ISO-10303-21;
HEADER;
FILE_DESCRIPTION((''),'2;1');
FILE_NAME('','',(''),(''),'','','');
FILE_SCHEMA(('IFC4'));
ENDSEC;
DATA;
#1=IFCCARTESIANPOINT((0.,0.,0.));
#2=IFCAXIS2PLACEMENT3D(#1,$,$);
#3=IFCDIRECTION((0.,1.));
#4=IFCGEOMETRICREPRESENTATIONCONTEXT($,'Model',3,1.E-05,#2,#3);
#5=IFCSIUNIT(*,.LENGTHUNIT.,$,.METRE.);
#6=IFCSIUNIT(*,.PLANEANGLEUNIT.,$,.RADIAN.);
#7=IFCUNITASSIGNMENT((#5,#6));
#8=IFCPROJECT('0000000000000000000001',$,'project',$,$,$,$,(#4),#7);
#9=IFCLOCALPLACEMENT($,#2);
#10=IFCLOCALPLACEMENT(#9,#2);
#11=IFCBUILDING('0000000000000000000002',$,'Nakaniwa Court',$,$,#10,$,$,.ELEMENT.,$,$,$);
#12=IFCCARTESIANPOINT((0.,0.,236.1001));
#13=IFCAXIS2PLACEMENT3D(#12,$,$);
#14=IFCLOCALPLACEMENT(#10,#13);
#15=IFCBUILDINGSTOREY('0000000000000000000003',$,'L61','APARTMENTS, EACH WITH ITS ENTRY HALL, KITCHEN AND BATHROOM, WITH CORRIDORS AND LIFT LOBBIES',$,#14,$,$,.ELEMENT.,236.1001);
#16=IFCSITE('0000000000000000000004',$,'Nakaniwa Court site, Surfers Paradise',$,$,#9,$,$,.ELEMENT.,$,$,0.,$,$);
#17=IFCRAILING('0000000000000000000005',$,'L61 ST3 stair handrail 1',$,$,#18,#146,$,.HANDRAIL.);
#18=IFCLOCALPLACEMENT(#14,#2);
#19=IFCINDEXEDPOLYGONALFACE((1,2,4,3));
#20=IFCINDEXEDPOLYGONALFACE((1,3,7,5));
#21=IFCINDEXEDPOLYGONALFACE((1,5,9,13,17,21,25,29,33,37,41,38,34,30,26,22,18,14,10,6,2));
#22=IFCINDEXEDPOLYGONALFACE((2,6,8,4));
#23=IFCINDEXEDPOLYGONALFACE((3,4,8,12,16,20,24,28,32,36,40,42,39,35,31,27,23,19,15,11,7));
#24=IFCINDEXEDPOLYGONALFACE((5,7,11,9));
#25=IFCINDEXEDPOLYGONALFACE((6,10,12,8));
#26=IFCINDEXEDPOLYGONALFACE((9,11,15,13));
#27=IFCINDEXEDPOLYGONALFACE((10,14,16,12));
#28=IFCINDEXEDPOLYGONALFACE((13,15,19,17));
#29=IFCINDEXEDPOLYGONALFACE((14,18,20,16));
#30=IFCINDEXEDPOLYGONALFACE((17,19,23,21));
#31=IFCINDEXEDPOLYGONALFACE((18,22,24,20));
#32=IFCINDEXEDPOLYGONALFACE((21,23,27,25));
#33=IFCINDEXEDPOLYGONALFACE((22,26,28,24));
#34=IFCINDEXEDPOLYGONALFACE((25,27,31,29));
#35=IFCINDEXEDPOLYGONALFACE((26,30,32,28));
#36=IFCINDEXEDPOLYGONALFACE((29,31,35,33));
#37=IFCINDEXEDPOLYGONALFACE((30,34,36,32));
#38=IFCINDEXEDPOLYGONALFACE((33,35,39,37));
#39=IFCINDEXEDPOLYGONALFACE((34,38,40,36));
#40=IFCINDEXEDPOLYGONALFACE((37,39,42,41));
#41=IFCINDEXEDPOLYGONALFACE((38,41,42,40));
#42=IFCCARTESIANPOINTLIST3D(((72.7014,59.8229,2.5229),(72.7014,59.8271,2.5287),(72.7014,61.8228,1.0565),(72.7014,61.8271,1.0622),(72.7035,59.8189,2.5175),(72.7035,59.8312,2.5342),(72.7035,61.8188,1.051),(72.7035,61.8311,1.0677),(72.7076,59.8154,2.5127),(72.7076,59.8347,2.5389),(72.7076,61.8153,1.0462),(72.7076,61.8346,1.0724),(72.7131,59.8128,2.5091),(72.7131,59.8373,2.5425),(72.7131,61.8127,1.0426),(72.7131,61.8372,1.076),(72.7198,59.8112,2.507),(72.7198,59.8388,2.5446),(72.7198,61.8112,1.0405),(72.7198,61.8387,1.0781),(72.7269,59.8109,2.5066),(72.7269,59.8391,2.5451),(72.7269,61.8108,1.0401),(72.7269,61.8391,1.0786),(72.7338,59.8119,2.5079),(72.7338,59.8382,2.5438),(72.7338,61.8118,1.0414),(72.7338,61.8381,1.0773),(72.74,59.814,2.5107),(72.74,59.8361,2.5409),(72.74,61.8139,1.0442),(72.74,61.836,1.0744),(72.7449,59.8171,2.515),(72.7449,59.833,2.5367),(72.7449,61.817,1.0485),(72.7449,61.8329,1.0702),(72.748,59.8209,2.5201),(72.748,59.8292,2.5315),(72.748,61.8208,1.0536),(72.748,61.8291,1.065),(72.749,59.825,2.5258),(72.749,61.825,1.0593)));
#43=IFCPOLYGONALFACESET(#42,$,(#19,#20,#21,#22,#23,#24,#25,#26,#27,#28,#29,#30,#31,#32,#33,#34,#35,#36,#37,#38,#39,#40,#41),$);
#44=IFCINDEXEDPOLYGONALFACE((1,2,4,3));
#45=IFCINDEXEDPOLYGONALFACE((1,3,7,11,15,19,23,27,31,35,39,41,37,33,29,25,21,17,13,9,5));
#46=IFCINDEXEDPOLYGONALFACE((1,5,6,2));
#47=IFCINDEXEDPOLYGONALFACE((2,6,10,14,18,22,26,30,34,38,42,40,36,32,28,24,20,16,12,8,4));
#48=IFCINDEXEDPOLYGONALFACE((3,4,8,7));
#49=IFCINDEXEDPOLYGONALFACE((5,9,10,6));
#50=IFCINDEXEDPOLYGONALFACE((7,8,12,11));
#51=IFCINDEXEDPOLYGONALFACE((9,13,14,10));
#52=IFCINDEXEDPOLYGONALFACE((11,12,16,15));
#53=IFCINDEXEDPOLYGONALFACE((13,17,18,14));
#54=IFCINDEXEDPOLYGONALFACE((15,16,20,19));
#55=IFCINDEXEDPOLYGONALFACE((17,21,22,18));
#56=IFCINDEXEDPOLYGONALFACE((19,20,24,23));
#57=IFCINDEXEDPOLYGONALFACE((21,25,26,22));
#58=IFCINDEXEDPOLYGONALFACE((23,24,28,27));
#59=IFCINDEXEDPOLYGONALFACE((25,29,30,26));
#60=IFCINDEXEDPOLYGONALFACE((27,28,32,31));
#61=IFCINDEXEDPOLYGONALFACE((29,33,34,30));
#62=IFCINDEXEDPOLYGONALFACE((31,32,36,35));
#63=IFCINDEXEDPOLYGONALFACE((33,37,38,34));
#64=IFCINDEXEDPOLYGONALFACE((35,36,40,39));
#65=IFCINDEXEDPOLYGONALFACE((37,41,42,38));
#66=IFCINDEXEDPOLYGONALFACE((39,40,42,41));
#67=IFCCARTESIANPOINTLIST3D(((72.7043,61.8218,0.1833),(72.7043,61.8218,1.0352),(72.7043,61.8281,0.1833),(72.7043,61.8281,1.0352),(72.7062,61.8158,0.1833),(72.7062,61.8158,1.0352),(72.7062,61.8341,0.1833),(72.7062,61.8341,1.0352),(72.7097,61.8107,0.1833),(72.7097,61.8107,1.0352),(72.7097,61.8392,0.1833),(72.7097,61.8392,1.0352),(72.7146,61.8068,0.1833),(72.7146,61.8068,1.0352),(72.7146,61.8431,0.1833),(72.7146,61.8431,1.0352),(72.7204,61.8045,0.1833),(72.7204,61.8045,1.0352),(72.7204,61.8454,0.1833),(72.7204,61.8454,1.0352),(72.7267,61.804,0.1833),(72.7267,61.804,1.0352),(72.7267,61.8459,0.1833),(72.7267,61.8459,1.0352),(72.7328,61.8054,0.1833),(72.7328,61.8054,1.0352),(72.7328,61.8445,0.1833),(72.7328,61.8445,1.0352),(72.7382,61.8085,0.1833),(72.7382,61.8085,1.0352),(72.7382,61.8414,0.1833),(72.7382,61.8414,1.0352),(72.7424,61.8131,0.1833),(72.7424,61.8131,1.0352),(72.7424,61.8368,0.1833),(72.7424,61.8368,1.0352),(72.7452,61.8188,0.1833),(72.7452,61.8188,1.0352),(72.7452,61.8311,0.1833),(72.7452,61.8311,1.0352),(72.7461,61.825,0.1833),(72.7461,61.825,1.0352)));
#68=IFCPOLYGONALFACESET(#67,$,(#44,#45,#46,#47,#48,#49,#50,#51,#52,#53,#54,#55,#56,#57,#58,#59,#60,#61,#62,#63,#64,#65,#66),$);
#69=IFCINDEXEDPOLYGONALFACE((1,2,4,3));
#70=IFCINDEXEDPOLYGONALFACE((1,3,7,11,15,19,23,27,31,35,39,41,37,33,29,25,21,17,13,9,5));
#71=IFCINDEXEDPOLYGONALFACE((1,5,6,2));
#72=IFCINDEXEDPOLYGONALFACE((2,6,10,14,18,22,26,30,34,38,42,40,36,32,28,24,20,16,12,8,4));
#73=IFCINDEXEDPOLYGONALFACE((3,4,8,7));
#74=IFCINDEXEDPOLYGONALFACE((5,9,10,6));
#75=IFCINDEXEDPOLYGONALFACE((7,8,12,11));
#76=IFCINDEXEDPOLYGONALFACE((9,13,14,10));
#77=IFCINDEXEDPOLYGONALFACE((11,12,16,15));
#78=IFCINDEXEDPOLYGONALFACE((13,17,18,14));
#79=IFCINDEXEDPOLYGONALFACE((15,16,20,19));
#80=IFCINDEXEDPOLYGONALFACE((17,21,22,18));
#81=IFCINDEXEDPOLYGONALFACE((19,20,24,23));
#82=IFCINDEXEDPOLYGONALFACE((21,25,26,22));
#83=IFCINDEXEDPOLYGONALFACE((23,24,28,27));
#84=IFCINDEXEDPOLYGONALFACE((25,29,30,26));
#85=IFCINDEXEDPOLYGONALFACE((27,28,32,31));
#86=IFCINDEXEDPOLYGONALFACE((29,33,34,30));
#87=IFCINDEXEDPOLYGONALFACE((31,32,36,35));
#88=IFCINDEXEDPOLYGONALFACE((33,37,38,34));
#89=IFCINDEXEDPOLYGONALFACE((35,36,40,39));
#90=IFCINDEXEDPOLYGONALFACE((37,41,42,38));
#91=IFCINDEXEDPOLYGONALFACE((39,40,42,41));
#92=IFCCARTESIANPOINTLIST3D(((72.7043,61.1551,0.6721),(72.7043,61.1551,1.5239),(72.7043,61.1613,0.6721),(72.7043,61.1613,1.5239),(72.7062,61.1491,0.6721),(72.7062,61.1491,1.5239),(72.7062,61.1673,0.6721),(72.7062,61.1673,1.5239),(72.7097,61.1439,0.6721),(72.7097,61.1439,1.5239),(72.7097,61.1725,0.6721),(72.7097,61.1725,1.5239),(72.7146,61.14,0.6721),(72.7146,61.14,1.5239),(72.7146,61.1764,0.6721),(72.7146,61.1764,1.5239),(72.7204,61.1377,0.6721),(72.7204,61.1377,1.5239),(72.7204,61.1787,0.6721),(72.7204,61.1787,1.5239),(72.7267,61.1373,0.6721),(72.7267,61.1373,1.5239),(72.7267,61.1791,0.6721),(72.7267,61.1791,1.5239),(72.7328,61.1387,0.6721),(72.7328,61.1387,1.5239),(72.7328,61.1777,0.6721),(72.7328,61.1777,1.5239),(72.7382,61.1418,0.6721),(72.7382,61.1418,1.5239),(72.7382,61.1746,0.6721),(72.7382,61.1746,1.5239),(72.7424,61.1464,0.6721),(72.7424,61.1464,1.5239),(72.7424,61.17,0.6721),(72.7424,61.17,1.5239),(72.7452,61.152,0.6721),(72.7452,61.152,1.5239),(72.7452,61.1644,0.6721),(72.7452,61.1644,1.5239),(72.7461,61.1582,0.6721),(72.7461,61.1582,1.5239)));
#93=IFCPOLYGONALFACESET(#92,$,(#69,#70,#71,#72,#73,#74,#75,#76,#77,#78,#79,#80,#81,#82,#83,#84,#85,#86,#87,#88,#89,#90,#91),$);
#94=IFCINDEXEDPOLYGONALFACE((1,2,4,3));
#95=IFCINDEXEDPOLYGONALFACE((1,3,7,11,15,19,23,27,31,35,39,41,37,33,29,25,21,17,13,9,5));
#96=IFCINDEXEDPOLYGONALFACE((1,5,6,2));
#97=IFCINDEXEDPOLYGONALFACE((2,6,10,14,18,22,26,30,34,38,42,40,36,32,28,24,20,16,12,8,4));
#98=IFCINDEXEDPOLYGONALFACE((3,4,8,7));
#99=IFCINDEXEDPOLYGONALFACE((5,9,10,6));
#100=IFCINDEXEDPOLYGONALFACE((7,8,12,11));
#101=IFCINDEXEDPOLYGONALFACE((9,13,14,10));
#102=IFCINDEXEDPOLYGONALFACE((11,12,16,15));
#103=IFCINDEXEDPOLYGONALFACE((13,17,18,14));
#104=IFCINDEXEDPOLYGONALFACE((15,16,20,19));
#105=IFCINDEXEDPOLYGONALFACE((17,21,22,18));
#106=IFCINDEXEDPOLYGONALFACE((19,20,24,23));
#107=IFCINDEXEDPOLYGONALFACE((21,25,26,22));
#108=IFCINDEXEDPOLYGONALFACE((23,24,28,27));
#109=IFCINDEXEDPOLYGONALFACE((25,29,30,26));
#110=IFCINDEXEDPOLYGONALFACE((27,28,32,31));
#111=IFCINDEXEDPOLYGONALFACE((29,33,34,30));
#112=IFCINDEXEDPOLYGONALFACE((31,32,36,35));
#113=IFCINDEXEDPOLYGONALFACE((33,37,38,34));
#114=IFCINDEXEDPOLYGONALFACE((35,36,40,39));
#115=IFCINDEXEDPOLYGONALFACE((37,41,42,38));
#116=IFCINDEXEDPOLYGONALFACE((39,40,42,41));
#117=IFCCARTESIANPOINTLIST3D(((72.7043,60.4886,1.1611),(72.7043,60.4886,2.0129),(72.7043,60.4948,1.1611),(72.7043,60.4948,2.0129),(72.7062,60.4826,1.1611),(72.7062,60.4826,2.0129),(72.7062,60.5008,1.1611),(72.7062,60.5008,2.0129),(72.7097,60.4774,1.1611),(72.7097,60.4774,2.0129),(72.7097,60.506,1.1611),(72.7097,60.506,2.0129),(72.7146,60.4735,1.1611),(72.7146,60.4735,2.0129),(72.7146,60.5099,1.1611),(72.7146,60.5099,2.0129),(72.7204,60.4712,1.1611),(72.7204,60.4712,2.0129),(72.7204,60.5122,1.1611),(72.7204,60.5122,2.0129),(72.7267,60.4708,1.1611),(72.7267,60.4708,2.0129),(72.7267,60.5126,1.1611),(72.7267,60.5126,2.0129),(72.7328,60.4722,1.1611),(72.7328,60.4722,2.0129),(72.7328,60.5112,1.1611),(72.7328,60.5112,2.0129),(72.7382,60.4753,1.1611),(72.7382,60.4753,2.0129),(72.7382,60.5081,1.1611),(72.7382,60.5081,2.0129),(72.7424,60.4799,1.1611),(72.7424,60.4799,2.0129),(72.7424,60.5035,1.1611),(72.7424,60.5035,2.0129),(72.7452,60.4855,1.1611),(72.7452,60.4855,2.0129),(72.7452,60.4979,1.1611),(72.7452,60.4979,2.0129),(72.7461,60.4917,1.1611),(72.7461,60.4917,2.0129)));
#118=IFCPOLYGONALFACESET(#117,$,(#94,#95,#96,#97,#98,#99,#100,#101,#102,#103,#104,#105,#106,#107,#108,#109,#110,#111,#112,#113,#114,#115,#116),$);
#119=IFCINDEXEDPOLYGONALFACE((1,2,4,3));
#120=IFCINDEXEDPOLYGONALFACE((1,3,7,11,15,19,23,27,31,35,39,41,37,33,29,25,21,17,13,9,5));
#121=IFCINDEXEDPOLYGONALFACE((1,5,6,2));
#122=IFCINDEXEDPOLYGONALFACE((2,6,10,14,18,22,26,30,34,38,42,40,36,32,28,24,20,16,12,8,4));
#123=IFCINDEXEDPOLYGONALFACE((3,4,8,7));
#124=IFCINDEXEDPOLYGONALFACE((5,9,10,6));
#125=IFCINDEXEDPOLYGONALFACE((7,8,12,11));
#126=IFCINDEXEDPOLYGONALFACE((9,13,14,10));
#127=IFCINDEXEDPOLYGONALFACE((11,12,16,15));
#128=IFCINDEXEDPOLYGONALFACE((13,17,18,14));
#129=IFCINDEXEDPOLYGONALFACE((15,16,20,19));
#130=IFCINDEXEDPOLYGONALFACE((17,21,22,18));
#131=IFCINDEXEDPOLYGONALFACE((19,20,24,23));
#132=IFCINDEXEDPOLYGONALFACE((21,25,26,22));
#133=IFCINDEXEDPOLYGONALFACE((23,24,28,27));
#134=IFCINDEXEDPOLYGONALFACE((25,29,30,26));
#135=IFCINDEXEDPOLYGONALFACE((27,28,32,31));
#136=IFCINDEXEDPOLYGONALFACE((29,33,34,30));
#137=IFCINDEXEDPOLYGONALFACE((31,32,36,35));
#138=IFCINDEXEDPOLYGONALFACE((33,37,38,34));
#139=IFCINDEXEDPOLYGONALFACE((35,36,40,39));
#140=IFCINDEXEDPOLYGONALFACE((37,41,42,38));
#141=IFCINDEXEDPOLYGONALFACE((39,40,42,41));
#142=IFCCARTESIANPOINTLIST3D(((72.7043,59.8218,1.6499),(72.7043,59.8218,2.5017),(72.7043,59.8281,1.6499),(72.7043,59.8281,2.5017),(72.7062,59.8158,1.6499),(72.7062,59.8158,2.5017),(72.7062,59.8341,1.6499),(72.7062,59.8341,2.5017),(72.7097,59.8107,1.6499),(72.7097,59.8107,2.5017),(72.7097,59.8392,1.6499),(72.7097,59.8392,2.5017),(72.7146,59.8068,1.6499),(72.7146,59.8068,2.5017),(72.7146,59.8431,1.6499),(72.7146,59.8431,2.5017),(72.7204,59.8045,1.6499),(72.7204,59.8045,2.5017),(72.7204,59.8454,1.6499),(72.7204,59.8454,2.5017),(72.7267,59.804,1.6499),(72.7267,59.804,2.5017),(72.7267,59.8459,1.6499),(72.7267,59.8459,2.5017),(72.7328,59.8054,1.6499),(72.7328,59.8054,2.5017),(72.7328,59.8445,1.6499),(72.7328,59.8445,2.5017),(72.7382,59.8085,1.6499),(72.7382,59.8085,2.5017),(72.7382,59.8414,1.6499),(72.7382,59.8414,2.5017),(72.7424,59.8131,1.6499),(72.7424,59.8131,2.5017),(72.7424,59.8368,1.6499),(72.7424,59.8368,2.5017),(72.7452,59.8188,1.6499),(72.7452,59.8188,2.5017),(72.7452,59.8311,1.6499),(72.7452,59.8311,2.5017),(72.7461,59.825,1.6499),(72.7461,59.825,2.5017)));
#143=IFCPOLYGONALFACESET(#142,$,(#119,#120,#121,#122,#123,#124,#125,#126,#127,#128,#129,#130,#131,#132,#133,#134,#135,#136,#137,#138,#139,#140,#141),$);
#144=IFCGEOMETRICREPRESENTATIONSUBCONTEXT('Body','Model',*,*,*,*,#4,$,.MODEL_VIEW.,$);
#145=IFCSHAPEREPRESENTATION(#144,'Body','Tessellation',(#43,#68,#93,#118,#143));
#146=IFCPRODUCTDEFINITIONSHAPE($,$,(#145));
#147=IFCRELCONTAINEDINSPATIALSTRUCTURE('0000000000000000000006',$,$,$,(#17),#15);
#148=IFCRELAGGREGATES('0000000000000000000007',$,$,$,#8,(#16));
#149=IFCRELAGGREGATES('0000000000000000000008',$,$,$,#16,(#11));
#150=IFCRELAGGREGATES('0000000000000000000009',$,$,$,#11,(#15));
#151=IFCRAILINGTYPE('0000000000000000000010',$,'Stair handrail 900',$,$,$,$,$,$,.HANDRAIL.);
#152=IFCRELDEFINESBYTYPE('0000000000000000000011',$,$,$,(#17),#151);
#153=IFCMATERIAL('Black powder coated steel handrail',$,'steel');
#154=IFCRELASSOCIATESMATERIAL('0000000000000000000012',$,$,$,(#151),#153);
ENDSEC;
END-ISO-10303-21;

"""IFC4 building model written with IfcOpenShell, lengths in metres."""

from ifc_helpers import new_model, si_unit, direction, frame, origin, origin_2d, place, context, subcontext, project, spatial, circle, extrude, material, type_object, element, save


model = new_model("IFC4")

# Units and contexts
model_context = context("Model", 3, precision=1e-05, world=origin(), true_north=direction((0.0, 1.0)))
body_context = subcontext(model_context, "Body", "Model", "MODEL_VIEW")
ifc_project = project(units=[si_unit("LENGTHUNIT", "METRE"), si_unit("PLANEANGLEUNIT", "RADIAN")], contexts=[model_context])

# Site, building, storey
site_placement = place(None, origin())
site = spatial("IfcSite", under=ifc_project, at=site_placement, Name="Nakaniwa Court site, Surfers Paradise", CompositionType="ELEMENT", RefElevation=0.0)
building_placement = place(site_placement, origin())
building = spatial("IfcBuilding", under=site, at=building_placement, Name="Nakaniwa Court", CompositionType="ELEMENT")
storey_placement = place(building_placement, frame((0.0, 0.0, 236.1001)))
storey = spatial("IfcBuildingStorey", under=building, at=storey_placement, Name="L61", Description="APARTMENTS, EACH WITH ITS ENTRY HALL, KITCHEN AND BATHROOM, WITH CORRIDORS AND LIFT LOBBIES", CompositionType="ELEMENT", Elevation=236.1001)

# Railing
ifc_material_1 = material(Name="Black powder coated steel handrail", Category="steel")
railing_type_1 = type_object("IfcRailingType", Name="Stair handrail 900", PredefinedType="HANDRAIL", material=ifc_material_1)
railing_1_placement = place(storey_placement, frame((72.7251, 61.825, 0.1833)))
element("IfcRailing", 1, at=railing_1_placement, inside=storey, type_object=railing_type_1, Name="L61 ST3 stair handrail 1", PredefinedType="HANDRAIL", context=body_context, shape_type="SweptSolid", body=[
    extrude(circle(Radius=0.0239, at=origin_2d()), frame((0.0, 0.0, 0.876), z_axis=(0.0, -0.806427, 0.591334), x_axis=(1.0, 0.0, 0.0)), (0.0, 0.0, 1.0), 2.48),
    extrude(circle(Radius=0.021, at=origin_2d()), origin(), (0.0, 0.0, 1.0), 0.8518),
    extrude(circle(Radius=0.021, at=origin_2d()), frame((0.0, -0.6667, 0.4888)), (0.0, 0.0, 1.0), 0.8518),
    extrude(circle(Radius=0.021, at=origin_2d()), frame((0.0, -1.3333, 0.9778)), (0.0, 0.0, 1.0), 0.8518),
    extrude(circle(Radius=0.021, at=origin_2d()), frame((0.0, -2.0, 1.4666)), (0.0, 0.0, 1.0), 0.8518),
])

save(model, "model.ifc")
